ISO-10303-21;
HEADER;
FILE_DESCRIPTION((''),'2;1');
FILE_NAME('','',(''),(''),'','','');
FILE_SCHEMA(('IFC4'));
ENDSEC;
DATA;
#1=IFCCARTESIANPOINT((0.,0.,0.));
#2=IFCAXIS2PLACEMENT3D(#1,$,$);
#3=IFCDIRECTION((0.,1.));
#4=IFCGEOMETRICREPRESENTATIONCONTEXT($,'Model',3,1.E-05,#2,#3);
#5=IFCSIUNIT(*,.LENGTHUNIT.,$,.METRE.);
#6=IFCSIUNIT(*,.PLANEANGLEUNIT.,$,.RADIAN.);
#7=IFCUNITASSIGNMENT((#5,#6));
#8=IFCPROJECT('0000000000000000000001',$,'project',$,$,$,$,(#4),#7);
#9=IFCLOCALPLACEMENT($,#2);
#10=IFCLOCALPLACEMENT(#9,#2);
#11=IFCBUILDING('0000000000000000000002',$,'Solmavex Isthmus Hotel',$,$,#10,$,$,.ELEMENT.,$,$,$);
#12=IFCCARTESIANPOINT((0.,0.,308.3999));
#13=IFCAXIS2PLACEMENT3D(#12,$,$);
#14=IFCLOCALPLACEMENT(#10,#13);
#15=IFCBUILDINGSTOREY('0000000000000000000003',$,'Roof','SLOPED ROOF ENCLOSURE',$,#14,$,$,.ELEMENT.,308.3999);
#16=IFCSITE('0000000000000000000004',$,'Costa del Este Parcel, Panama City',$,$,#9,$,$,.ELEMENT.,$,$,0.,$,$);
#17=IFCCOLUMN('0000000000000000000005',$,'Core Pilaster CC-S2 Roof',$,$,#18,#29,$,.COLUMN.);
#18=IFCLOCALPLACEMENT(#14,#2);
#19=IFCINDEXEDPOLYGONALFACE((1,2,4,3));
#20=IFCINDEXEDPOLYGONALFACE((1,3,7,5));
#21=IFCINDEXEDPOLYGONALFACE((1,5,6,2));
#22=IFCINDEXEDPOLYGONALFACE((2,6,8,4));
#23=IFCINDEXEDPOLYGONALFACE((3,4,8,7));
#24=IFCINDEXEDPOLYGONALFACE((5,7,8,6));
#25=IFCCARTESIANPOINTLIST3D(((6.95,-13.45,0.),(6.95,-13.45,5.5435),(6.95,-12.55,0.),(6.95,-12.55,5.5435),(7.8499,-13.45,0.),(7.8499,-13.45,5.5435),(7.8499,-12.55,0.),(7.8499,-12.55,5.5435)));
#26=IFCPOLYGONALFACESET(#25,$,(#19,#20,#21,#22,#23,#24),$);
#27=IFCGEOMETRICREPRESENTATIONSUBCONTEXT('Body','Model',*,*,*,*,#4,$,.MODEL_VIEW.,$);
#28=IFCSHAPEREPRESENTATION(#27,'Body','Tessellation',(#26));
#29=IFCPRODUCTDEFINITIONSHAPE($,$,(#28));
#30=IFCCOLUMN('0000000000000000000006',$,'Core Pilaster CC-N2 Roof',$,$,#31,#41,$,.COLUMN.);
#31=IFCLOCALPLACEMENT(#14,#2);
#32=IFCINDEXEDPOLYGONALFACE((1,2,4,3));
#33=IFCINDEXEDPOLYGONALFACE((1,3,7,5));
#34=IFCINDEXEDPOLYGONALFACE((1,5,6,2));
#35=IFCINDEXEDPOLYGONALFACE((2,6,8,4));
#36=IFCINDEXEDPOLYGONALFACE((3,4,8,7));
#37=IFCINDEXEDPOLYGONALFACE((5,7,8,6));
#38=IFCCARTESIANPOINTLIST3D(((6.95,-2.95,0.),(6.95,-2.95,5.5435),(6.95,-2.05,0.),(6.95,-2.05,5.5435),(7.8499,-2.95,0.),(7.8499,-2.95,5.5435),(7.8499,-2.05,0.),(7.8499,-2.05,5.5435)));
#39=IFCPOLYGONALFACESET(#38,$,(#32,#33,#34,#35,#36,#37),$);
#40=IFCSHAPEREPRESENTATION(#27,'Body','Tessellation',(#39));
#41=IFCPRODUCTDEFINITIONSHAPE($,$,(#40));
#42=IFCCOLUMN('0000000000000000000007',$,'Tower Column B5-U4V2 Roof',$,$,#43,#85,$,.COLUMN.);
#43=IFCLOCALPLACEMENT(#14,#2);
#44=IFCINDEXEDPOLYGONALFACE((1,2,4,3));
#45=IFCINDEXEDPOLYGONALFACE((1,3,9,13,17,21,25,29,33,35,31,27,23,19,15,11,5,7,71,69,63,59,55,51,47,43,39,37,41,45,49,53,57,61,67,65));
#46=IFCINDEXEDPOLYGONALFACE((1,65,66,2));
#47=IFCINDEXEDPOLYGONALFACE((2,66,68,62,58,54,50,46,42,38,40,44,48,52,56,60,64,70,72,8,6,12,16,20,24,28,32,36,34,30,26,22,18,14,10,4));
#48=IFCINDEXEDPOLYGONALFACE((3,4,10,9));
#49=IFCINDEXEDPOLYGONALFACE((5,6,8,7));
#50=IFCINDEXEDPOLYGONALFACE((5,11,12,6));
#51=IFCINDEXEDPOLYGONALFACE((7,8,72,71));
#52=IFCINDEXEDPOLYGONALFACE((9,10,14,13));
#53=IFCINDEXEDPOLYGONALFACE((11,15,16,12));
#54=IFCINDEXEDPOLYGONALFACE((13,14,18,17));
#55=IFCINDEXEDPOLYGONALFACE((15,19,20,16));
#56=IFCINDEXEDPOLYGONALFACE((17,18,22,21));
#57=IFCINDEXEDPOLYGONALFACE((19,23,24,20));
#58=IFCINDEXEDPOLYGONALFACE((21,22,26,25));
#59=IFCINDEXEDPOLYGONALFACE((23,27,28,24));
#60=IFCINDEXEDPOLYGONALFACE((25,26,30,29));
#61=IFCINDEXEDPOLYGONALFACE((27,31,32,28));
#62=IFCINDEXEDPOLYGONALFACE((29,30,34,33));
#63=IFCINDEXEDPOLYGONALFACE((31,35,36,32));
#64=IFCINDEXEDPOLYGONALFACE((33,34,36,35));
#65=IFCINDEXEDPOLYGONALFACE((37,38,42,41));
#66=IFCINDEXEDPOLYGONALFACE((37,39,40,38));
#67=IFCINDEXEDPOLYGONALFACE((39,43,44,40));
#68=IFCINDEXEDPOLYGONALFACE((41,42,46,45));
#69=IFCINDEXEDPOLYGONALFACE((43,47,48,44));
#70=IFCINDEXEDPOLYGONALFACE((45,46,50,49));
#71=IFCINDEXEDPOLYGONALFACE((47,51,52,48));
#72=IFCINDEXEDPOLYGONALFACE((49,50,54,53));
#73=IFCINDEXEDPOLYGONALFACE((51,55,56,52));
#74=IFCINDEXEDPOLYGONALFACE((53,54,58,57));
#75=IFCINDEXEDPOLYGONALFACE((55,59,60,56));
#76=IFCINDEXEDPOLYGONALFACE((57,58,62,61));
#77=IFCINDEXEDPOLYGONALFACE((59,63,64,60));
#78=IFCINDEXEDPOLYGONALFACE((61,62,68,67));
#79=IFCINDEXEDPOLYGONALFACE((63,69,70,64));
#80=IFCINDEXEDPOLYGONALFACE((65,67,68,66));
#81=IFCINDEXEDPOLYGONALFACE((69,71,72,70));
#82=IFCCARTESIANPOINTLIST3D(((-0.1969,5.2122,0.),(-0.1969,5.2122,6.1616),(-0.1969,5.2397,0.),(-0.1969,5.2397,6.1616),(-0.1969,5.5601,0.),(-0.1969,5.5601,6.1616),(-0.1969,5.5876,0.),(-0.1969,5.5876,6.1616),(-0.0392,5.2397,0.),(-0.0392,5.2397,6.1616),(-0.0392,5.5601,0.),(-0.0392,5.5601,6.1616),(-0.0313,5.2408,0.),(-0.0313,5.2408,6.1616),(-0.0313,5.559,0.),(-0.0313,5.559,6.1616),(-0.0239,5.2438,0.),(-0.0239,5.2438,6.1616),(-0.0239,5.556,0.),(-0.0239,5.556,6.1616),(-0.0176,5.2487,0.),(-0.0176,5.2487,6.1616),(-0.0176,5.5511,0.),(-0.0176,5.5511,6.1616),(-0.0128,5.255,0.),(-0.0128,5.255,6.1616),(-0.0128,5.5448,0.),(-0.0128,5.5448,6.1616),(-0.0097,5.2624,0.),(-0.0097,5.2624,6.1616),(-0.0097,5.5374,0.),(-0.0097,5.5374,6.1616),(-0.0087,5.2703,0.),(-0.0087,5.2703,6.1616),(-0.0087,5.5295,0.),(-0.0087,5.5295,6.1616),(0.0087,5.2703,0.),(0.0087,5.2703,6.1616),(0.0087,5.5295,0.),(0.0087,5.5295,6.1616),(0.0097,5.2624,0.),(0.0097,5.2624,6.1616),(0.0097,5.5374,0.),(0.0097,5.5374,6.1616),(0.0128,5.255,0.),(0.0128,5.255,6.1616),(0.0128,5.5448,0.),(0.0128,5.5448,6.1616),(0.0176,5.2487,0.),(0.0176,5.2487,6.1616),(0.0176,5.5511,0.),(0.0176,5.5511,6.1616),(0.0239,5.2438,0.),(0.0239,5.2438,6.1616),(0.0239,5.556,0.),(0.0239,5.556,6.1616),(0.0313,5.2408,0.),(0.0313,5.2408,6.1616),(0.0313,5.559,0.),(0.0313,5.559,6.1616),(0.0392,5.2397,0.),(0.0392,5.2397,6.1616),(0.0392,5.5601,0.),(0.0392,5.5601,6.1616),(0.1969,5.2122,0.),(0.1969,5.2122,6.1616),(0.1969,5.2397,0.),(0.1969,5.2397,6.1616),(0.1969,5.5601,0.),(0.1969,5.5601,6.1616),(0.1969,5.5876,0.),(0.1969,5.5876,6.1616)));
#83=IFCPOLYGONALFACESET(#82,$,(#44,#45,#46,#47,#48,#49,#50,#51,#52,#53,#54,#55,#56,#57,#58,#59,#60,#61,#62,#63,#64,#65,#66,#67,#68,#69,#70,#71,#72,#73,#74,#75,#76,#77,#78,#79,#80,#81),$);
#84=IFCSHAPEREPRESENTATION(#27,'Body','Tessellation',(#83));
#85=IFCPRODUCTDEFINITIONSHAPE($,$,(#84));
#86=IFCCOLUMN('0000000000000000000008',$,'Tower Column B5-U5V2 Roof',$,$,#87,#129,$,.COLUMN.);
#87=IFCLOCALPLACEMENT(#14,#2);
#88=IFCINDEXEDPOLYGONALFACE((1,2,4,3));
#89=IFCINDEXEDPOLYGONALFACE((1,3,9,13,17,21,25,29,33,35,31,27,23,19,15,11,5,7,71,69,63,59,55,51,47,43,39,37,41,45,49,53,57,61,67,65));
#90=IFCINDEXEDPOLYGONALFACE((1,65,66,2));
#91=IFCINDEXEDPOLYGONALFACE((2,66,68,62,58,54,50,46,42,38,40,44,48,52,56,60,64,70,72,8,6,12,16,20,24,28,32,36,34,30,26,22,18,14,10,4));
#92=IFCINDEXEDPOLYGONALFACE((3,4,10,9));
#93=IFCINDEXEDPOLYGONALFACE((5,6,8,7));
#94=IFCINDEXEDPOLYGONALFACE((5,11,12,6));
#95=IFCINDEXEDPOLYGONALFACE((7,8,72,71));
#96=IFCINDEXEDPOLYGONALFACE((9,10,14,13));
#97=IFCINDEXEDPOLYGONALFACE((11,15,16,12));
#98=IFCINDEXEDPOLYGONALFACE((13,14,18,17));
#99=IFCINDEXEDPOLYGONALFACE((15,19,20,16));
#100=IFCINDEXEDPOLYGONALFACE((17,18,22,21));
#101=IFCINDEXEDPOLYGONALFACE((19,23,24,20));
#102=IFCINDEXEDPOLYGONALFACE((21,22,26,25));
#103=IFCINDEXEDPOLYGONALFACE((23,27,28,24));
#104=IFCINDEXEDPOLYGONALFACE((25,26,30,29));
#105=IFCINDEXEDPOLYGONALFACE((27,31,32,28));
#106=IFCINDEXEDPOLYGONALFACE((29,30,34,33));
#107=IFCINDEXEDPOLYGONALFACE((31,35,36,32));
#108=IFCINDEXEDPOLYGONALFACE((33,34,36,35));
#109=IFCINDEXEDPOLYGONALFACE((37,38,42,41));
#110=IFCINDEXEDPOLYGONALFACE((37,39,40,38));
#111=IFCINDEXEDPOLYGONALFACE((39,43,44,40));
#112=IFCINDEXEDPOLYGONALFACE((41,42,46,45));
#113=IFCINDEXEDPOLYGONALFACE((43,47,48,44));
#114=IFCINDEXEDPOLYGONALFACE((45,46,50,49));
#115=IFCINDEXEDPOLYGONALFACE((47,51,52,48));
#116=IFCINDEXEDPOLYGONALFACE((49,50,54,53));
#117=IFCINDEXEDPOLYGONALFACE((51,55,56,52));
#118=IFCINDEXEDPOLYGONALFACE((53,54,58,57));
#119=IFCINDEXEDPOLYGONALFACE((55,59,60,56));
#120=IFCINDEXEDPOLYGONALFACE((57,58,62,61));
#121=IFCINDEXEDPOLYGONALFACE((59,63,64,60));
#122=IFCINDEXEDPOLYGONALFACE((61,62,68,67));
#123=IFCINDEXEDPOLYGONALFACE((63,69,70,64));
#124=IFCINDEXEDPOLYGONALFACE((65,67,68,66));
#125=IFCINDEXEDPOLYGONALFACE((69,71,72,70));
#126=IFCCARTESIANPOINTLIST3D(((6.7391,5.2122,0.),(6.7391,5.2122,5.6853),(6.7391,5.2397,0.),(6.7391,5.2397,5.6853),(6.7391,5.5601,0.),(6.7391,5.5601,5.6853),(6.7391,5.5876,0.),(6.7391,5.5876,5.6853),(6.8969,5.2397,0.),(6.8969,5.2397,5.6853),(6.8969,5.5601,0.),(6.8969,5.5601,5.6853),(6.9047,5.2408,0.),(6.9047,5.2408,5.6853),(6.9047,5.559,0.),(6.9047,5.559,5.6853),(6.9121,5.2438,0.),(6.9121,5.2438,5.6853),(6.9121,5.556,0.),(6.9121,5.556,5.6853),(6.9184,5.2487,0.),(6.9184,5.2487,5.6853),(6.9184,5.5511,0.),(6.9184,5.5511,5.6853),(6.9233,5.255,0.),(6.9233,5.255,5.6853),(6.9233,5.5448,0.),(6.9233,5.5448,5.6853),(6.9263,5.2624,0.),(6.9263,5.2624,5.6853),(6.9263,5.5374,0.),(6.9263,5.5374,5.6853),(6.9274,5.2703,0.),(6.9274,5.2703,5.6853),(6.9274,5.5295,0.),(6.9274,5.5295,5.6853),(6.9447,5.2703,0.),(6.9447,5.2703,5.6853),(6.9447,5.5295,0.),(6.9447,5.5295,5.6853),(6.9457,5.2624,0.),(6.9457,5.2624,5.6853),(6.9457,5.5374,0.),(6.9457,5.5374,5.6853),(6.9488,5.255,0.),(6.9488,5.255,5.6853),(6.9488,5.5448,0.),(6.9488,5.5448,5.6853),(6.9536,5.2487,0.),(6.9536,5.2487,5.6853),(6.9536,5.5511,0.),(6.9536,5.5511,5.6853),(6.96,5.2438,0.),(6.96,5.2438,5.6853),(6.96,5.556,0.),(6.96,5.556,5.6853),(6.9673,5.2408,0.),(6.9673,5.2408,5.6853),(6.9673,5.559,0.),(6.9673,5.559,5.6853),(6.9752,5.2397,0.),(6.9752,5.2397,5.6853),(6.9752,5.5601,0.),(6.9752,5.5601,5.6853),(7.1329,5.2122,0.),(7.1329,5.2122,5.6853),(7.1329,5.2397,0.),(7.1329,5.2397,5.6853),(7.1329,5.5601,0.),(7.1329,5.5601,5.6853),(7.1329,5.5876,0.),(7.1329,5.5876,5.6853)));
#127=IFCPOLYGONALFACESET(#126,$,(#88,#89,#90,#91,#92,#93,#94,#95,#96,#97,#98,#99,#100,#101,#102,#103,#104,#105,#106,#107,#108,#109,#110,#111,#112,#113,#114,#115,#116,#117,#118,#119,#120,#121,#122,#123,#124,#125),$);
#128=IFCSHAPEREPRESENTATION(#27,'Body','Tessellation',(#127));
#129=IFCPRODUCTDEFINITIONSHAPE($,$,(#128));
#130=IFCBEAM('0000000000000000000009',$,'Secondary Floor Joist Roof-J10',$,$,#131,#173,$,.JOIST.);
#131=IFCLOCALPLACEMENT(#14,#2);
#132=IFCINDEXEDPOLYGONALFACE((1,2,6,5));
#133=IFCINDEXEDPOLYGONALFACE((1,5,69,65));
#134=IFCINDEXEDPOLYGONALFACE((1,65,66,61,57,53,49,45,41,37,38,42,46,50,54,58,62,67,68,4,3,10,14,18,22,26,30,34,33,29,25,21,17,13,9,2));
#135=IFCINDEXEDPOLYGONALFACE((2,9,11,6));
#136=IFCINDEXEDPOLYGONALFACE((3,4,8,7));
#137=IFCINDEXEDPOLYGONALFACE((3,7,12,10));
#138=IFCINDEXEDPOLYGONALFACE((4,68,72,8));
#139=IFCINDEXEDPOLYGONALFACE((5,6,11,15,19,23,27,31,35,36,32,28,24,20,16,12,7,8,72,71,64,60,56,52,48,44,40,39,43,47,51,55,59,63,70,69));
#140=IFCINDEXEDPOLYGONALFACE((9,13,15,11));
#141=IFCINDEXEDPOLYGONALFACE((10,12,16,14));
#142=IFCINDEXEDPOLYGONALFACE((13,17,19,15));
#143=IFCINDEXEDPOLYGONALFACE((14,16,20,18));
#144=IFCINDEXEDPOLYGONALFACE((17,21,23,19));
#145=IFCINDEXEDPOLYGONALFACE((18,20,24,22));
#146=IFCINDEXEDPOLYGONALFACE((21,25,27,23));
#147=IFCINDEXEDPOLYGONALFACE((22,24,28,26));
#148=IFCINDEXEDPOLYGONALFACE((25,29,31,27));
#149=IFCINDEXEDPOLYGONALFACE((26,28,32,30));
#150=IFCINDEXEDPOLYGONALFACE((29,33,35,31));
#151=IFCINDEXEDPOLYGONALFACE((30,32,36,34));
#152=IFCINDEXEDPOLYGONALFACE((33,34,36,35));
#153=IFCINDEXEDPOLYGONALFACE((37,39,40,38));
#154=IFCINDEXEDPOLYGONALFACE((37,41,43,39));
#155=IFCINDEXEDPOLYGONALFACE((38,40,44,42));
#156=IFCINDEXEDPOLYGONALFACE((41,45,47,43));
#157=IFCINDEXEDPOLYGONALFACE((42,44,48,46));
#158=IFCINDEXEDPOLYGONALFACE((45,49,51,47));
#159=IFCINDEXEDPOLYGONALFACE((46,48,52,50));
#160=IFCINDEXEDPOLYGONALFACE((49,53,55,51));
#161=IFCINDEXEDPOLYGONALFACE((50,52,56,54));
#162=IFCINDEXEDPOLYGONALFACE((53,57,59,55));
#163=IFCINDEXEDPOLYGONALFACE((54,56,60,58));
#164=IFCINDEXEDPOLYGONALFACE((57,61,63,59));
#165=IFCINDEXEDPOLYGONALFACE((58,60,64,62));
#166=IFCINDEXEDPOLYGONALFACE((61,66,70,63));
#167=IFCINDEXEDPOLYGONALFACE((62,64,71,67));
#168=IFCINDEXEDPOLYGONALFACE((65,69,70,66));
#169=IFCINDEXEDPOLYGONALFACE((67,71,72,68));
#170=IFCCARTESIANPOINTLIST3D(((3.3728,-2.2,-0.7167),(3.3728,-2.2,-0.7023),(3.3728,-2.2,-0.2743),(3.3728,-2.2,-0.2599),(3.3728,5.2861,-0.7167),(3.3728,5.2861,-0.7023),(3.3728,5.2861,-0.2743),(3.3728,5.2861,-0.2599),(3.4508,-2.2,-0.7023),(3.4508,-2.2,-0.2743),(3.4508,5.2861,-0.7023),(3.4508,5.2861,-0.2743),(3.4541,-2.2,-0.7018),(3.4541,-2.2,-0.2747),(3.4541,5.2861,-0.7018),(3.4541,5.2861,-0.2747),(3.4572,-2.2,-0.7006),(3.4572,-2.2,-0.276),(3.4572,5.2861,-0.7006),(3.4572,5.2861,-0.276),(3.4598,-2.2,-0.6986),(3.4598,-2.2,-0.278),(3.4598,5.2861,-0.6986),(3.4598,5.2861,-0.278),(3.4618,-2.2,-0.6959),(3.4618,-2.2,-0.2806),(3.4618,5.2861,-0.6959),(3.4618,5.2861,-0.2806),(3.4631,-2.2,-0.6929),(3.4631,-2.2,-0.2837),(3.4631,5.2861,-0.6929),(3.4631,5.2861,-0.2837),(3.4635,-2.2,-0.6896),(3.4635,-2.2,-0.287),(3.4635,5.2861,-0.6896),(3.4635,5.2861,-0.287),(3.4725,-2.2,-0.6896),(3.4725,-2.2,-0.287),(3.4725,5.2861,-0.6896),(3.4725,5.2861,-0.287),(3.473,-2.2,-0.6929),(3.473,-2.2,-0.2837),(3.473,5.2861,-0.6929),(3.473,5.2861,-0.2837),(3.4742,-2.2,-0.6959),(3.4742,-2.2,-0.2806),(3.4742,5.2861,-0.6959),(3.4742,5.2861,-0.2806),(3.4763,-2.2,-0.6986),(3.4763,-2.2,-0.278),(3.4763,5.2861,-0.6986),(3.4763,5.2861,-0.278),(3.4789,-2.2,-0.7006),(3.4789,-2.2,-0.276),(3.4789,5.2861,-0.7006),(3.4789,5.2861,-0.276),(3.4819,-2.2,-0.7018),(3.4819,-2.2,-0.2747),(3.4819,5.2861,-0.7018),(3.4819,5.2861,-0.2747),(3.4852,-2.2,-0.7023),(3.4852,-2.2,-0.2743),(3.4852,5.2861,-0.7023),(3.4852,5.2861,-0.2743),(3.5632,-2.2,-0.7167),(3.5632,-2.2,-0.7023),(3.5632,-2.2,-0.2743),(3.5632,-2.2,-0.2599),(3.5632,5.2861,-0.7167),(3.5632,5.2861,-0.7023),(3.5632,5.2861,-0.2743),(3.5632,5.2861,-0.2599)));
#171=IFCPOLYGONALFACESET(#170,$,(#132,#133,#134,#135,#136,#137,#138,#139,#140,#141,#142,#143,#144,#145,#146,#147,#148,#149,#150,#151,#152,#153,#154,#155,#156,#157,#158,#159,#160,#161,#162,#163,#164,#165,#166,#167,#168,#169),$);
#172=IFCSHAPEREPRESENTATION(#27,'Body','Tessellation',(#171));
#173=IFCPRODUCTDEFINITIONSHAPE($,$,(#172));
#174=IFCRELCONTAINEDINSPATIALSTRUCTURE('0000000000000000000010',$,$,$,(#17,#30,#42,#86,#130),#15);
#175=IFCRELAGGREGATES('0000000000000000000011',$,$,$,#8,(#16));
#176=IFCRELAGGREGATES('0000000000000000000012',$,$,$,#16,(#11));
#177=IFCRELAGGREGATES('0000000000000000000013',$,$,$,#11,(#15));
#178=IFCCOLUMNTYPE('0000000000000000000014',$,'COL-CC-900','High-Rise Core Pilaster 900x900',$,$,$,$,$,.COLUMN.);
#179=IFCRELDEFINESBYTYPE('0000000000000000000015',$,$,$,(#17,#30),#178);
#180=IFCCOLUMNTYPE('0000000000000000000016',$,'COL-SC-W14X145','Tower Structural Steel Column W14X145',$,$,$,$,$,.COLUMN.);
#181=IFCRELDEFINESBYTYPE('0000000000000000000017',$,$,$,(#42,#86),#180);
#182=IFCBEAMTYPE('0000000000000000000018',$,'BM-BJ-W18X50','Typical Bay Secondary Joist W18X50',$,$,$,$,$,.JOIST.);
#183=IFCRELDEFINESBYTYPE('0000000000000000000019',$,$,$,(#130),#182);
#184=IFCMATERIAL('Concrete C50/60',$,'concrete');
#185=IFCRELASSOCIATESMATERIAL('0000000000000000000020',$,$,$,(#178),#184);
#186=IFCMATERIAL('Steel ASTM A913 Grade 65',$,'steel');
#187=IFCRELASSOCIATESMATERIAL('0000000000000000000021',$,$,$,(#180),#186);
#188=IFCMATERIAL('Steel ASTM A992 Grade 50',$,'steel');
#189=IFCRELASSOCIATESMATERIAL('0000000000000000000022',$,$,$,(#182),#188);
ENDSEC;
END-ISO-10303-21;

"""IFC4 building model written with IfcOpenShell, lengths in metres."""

from ifc_helpers import new_model, si_unit, direction, frame, origin, origin_2d, place, context, subcontext, project, spatial, rectangle, i_section, extrude, material, material_profile, profile_set, type_object, element, save


model = new_model("IFC4")

# Units and contexts
model_context = context("Model", 3, precision=1e-05, world=origin(), true_north=direction((0.0, 1.0)))
body_context = subcontext(model_context, "Body", "Model", "MODEL_VIEW")
ifc_project = project(units=[si_unit("LENGTHUNIT", "METRE"), si_unit("PLANEANGLEUNIT", "RADIAN")], contexts=[model_context])

# Site, building, storey
site_placement = place(None, origin())
site = spatial("IfcSite", under=ifc_project, at=site_placement, Name="Costa del Este Parcel, Panama City", CompositionType="ELEMENT", RefElevation=0.0)
building_placement = place(site_placement, origin())
building = spatial("IfcBuilding", under=site, at=building_placement, Name="Solmavex Isthmus Hotel", CompositionType="ELEMENT")
storey_placement = place(building_placement, frame((0.0, 0.0, 308.3999)))
storey = spatial("IfcBuildingStorey", under=building, at=storey_placement, Name="Roof", Description="SLOPED ROOF ENCLOSURE", CompositionType="ELEMENT", Elevation=308.3999)

# Columns
ifc_material_1 = material(Name="Concrete C50/60", Category="concrete")
ifc_material_profile_1 = material_profile(ifc_material_1, rectangle(XDim=0.8999, YDim=0.8999, at=origin_2d()), Name="RC900X900")
ifc_profile_set_1 = profile_set([ifc_material_profile_1], Name="Concrete C50/60")
column_type_1 = type_object("IfcColumnType", Name="COL-CC-900", Description="High-Rise Core Pilaster 900x900", PredefinedType="COLUMN", material=ifc_profile_set_1)
for number, where, z_axis, x_axis, name in (
    (1, (7.3999, -13.0, 0.0), (0.0, 0.0, 1.0), (1.0, 0.0, 0.0), "Core Pilaster CC-S2 Roof"),
    (2, (7.3999, -2.5, 0.0), (0.0, 0.0, 1.0), (1.0, 0.0, 0.0), "Core Pilaster CC-N2 Roof"),
):
    element("IfcColumn", number, at=place(storey_placement, frame(where, z_axis=z_axis, x_axis=x_axis)), inside=storey, type_object=column_type_1, Name=name, PredefinedType="COLUMN", context=body_context, shape_type="SweptSolid", body=[
        extrude(rectangle(XDim=0.8999, YDim=0.8999, at=origin_2d()), origin(), (0.0, 0.0, 1.0), 5.5435),
    ])
ifc_material_2 = material(Name="Steel ASTM A913 Grade 65", Category="steel")
ifc_material_profile_2 = material_profile(ifc_material_2, i_section(OverallWidth=0.3938, OverallDepth=0.3755, WebThickness=0.0173, FlangeThickness=0.0276, FilletRadius=0.0305, at=origin_2d()), Name="W14X145")
ifc_profile_set_2 = profile_set([ifc_material_profile_2], Name="Steel ASTM A913 Grade 65")
column_type_2 = type_object("IfcColumnType", Name="COL-SC-W14X145", Description="Tower Structural Steel Column W14X145", PredefinedType="COLUMN", material=ifc_profile_set_2)
column_1_placement = place(storey_placement, frame((0.0, 5.3999, 0.0), z_axis=(0.0, 0.0, 1.0), x_axis=(1.0, 0.0, 0.0)))
element("IfcColumn", 3, at=column_1_placement, inside=storey, type_object=column_type_2, Name="Tower Column B5-U4V2 Roof", PredefinedType="COLUMN", context=body_context, shape_type="SweptSolid", body=[
    extrude(i_section(OverallWidth=0.3938, OverallDepth=0.3755, WebThickness=0.0173, FlangeThickness=0.0276, FilletRadius=0.0305, at=origin_2d()), origin(), (0.0, 0.0, 1.0), 6.1616),
])
column_2_placement = place(storey_placement, frame((6.936, 5.3999, 0.0), z_axis=(0.0, 0.0, 1.0), x_axis=(1.0, 0.0, 0.0)))
element("IfcColumn", 4, at=column_2_placement, inside=storey, type_object=column_type_2, Name="Tower Column B5-U5V2 Roof", PredefinedType="COLUMN", context=body_context, shape_type="SweptSolid", body=[
    extrude(i_section(OverallWidth=0.3938, OverallDepth=0.3755, WebThickness=0.0173, FlangeThickness=0.0276, FilletRadius=0.0305, at=origin_2d()), origin(), (0.0, 0.0, 1.0), 5.6853),
])

# Beam
ifc_material_3 = material(Name="Steel ASTM A992 Grade 50", Category="steel")
ifc_material_profile_3 = material_profile(ifc_material_3, i_section(OverallWidth=0.1904, OverallDepth=0.4568, WebThickness=0.009, FlangeThickness=0.0144, FilletRadius=0.0127, at=origin_2d()), Name="W18X50")
ifc_profile_set_3 = profile_set([ifc_material_profile_3], Name="Steel ASTM A992 Grade 50")
beam_type_1 = type_object("IfcBeamType", Name="BM-BJ-W18X50", Description="Typical Bay Secondary Joist W18X50", PredefinedType="JOIST", material=ifc_profile_set_3)
for number, where, z_axis, x_axis, name in (
    (5, (3.468, -2.2, -0.4883), (0.0, 1.0, 0.0), (-1.0, 0.0, 0.0), "Secondary Floor Joist Roof-J10"),
):
    element("IfcBeam", number, at=place(storey_placement, frame(where, z_axis=z_axis, x_axis=x_axis)), inside=storey, type_object=beam_type_1, Name=name, PredefinedType="JOIST", context=body_context, shape_type="SweptSolid", body=[
        extrude(i_section(OverallWidth=0.1904, OverallDepth=0.4568, WebThickness=0.009, FlangeThickness=0.0144, FilletRadius=0.0127, at=origin_2d()), origin(), (0.0, 0.0, 1.0), 7.4861),
    ])

save(model, "model.ifc")
